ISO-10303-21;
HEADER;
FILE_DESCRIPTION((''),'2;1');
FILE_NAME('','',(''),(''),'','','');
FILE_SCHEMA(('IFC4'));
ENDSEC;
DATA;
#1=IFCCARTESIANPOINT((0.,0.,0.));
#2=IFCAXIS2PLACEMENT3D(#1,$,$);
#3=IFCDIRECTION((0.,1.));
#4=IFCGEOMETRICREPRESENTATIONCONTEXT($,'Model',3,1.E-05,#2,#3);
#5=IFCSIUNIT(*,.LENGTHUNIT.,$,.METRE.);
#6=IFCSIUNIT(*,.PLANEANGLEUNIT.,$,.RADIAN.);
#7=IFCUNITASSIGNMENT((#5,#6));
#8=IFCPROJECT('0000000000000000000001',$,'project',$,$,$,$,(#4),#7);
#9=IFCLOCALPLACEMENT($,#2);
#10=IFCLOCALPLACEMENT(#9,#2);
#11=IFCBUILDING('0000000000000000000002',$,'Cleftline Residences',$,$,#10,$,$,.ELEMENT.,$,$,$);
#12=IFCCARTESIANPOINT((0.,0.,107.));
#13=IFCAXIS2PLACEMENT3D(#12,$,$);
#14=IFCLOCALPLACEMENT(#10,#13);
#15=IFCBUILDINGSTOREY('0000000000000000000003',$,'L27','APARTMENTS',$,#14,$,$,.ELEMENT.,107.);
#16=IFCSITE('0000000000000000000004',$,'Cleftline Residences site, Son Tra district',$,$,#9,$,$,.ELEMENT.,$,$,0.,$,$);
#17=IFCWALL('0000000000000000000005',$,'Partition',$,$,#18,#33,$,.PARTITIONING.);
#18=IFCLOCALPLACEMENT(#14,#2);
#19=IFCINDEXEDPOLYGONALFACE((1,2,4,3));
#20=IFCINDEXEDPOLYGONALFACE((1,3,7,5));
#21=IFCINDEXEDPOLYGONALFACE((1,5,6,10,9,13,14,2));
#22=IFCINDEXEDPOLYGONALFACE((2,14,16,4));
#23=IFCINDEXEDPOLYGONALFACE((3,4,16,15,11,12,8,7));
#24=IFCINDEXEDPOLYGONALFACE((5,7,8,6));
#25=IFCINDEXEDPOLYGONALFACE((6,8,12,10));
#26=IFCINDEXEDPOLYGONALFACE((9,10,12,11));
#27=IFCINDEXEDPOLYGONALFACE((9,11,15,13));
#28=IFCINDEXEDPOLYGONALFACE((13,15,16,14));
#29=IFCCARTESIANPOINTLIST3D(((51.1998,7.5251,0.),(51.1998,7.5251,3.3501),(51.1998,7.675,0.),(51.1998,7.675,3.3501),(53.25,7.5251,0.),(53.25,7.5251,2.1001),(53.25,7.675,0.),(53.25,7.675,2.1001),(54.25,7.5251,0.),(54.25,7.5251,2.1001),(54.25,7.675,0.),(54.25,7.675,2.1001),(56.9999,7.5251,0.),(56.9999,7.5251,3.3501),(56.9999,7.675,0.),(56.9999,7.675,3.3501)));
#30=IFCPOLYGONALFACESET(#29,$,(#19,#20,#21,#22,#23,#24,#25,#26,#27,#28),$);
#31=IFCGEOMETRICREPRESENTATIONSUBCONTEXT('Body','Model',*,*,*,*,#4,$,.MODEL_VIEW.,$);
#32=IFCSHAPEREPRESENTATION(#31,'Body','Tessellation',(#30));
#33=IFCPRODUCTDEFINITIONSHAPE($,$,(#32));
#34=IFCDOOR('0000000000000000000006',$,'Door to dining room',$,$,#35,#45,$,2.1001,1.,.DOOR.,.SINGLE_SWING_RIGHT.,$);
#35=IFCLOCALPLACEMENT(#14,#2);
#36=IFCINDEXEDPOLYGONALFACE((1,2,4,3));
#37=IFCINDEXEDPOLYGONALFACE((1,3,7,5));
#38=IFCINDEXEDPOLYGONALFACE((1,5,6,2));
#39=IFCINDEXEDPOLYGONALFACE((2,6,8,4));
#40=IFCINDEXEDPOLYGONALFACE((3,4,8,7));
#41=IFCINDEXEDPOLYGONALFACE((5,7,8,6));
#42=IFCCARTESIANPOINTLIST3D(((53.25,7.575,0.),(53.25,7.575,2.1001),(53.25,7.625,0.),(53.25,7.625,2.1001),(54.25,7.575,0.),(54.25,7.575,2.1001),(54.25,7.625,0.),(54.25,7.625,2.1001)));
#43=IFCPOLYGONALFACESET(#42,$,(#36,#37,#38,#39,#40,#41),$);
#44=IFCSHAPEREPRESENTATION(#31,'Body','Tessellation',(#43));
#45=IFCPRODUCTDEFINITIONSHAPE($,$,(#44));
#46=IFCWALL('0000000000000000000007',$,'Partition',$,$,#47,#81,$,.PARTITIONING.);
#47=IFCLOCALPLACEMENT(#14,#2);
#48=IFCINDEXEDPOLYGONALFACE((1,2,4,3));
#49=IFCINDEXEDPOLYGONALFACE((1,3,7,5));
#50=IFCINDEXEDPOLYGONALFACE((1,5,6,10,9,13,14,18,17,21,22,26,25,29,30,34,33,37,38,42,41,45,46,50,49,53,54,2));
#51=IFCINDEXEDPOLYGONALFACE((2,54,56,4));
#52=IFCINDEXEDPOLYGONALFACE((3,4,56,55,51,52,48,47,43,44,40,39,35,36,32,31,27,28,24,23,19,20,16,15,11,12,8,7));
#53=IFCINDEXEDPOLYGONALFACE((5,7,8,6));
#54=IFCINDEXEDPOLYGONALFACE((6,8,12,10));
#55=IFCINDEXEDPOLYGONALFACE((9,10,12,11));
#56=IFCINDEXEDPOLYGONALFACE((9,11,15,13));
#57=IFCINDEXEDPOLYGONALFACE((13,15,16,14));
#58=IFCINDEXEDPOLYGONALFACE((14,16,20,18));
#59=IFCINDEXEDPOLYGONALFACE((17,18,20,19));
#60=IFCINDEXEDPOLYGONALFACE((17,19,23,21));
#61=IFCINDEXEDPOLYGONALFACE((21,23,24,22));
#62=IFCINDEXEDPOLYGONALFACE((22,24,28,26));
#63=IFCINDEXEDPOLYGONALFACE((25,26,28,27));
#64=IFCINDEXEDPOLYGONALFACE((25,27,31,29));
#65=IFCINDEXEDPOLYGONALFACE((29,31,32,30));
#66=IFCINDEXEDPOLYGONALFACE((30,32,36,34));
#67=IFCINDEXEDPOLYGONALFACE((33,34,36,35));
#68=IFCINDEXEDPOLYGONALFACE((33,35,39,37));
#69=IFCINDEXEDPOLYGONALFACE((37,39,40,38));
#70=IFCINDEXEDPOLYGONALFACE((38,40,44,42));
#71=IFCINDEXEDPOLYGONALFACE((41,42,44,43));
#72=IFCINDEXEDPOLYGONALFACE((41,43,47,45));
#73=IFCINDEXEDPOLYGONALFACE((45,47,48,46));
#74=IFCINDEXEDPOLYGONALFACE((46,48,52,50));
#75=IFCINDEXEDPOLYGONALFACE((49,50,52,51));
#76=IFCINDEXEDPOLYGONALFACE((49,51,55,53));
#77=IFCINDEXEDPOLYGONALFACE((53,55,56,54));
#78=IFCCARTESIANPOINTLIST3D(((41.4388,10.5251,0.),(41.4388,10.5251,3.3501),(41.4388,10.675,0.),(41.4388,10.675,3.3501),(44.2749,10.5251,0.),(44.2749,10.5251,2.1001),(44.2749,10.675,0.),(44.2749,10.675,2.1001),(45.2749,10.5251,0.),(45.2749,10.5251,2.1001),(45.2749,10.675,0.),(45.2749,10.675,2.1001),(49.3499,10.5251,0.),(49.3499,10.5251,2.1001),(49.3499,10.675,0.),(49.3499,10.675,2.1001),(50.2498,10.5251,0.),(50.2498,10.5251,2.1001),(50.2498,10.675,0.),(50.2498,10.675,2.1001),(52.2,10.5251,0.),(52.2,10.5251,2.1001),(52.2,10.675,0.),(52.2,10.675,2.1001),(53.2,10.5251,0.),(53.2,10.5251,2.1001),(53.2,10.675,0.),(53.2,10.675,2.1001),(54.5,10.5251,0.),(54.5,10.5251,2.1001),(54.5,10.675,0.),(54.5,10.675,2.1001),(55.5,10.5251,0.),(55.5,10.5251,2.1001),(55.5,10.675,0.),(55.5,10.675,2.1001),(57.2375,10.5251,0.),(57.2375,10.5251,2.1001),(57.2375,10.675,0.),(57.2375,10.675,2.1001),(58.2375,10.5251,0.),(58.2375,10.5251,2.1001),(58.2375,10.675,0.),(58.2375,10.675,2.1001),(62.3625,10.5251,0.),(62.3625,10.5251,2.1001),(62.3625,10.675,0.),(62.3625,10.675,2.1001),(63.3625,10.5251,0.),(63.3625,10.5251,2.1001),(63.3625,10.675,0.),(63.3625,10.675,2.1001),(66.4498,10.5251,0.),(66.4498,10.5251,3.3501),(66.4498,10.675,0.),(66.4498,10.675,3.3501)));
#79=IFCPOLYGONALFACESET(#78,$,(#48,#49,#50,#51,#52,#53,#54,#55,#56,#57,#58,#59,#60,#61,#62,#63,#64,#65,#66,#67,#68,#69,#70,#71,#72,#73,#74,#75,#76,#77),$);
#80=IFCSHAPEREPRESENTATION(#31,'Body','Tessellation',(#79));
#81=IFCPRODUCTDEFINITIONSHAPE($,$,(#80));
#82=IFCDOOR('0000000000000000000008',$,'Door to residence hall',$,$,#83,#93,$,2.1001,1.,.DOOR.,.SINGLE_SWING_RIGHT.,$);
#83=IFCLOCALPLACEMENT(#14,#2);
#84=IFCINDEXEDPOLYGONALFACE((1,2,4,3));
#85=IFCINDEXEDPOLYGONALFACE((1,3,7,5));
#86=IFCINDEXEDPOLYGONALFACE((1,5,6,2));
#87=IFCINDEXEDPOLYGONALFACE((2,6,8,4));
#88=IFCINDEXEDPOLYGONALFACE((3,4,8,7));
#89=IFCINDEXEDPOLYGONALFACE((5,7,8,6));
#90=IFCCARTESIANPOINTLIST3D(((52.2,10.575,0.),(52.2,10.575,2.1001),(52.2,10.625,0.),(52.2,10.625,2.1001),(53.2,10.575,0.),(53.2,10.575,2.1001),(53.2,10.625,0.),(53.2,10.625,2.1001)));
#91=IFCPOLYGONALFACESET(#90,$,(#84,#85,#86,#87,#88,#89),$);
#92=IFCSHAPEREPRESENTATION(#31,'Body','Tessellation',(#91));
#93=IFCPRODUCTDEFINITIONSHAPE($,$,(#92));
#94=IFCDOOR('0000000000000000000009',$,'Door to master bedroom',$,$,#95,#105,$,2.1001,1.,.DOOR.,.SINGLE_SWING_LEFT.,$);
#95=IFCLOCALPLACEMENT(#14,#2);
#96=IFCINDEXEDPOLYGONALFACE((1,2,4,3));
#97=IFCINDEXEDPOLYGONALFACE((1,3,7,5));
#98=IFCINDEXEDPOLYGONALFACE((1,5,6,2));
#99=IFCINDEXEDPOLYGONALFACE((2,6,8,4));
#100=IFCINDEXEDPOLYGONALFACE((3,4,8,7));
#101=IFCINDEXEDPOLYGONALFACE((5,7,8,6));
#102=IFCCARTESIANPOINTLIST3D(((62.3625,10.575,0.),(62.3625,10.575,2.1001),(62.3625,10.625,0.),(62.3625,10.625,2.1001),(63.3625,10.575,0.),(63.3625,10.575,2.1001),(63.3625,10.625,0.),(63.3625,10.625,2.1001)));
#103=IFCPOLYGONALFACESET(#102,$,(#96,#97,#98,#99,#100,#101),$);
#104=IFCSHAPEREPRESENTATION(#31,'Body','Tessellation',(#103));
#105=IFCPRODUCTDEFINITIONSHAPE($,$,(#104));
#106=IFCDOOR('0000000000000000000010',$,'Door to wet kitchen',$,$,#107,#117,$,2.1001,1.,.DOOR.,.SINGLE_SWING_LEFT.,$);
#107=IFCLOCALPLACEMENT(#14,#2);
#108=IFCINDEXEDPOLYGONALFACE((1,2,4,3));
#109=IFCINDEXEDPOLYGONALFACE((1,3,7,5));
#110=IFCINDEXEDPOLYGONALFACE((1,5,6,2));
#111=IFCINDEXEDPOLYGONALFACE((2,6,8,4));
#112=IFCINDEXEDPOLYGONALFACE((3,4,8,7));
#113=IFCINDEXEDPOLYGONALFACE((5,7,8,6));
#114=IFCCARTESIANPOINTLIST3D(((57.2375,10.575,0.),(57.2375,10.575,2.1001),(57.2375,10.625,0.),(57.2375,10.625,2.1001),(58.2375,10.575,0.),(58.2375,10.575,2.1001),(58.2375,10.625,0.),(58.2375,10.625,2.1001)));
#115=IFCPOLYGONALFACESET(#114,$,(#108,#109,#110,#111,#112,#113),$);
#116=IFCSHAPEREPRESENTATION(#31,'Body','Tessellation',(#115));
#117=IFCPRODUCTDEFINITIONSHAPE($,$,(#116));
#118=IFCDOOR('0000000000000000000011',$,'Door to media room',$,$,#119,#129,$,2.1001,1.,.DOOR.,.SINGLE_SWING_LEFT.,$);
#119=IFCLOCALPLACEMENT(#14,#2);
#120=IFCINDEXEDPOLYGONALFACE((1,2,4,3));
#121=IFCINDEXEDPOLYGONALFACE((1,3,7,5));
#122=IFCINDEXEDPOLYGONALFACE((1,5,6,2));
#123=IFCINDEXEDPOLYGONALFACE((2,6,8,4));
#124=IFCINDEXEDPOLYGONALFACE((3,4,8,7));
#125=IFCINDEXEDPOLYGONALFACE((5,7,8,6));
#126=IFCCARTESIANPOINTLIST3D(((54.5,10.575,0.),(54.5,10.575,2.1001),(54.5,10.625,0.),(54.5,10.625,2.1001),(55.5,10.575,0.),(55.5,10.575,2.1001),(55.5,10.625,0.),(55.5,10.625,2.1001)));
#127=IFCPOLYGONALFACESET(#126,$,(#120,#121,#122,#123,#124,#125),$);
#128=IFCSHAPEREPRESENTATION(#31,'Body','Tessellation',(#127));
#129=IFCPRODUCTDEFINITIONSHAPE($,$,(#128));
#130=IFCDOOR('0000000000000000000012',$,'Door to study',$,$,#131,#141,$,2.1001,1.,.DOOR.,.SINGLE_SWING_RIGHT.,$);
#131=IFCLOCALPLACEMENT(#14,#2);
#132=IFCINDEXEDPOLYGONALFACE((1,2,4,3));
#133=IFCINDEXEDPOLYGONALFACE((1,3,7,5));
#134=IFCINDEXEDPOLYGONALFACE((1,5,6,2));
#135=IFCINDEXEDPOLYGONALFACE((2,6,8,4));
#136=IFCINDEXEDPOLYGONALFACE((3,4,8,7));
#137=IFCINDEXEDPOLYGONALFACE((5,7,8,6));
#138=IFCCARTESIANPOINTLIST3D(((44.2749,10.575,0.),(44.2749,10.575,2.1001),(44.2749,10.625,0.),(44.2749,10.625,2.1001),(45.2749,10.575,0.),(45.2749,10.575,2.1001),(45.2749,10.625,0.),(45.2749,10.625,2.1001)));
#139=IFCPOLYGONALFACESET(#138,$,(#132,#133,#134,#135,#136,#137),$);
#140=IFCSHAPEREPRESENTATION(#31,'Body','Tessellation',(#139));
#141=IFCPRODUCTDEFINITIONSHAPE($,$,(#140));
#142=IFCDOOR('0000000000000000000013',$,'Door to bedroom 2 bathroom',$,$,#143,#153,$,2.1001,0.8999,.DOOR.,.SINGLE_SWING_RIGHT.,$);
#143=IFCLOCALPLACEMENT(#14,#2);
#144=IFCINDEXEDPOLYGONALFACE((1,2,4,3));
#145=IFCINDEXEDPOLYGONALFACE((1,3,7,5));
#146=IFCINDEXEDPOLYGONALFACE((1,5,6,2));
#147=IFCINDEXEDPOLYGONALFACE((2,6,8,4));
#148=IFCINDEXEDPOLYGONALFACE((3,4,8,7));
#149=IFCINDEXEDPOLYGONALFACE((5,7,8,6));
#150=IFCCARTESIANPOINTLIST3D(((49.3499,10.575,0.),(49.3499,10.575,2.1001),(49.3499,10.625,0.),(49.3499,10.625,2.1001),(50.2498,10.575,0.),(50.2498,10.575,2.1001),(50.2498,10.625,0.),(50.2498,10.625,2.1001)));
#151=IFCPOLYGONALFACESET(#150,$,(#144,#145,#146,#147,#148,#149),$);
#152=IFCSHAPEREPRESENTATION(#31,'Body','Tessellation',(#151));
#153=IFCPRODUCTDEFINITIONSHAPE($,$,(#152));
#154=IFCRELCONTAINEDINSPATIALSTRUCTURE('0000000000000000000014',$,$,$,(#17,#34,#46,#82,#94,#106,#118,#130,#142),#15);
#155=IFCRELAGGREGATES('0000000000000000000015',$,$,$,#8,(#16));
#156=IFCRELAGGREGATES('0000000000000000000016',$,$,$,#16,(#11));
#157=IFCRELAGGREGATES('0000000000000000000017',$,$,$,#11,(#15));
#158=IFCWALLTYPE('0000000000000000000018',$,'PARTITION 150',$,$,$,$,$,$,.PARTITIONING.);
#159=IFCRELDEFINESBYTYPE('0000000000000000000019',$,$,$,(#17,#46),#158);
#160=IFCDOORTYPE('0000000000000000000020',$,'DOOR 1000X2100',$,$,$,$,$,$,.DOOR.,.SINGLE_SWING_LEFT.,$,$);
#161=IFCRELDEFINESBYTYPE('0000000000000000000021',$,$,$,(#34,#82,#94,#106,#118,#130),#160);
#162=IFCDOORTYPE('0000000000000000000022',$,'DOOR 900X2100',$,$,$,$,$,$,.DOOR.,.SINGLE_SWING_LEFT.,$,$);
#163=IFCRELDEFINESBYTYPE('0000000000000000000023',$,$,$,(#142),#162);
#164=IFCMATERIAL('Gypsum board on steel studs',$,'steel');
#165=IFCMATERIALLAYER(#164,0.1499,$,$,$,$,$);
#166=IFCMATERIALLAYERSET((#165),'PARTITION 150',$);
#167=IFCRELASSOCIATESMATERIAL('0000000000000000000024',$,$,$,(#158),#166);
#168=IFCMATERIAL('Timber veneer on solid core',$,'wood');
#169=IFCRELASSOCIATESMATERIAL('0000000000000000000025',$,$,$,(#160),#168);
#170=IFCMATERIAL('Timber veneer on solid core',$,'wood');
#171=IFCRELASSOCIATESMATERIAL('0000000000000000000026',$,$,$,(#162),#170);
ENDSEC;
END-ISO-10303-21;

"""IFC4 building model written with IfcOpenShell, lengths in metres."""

from ifc_helpers import new_model, si_unit, direction, frame, frame_2d, origin, place, context, subcontext, project, spatial, rectangle, extrude, material, layer, layer_set, type_object, element, fill, save


model = new_model("IFC4")

# Units and contexts
model_context = context("Model", 3, precision=1e-05, world=origin(), true_north=direction((0.0, 1.0)))
body_context = subcontext(model_context, "Body", "Model", "MODEL_VIEW")
ifc_project = project(units=[si_unit("LENGTHUNIT", "METRE"), si_unit("PLANEANGLEUNIT", "RADIAN")], contexts=[model_context])

# Site, building, storey
site_placement = place(None, origin())
site = spatial("IfcSite", under=ifc_project, at=site_placement, Name="Cleftline Residences site, Son Tra district", CompositionType="ELEMENT", RefElevation=0.0)
building_placement = place(site_placement, origin())
building = spatial("IfcBuilding", under=site, at=building_placement, Name="Cleftline Residences", CompositionType="ELEMENT")
storey_placement = place(building_placement, frame((0.0, 0.0, 107.0)))
storey = spatial("IfcBuildingStorey", under=building, at=storey_placement, Name="L27", Description="APARTMENTS", CompositionType="ELEMENT", Elevation=107.0)

# Shared definitions
ifc_material_1 = material(Name="Gypsum board on steel studs", Category="steel")
ifc_layer_1 = layer(ifc_material_1, 0.1499)
ifc_layer_set_1 = layer_set([ifc_layer_1], Name="PARTITION 150")
wall_type = type_object("IfcWallType", Name="PARTITION 150", PredefinedType="PARTITIONING", material=ifc_layer_set_1)
ifc_material_2 = material(Name="Timber veneer on solid core", Category="wood")
door_type_1 = type_object("IfcDoorType", Name="DOOR 1000X2100", OperationType="SINGLE_SWING_LEFT", PredefinedType="DOOR", material=ifc_material_2)

# Wall, opening, door
wall_1_placement = place(storey_placement, frame((51.2, 7.6001, 0.0), z_axis=(0.0, 0.0, 1.0), x_axis=(1.0, 0.0, 0.0)))
wall_1 = element("IfcWall", 1, at=wall_1_placement, inside=storey, type_object=wall_type, Name="Partition", PredefinedType="PARTITIONING", context=body_context, shape_type="SweptSolid", body=[
    extrude(rectangle(XDim=5.8, YDim=0.1499, at=frame_2d((2.8999, 0.0))), origin(), (0.0, 0.0, 1.0), 3.3501),
])
opening_1_placement = place(wall_1_placement, frame((2.05, 0.0, 0.0)))
opening_1 = element("IfcOpeningElement", 2, at=opening_1_placement, cuts=wall_1, PredefinedType="OPENING", context=body_context, shape_type="SweptSolid", body=[
    extrude(rectangle(XDim=1.0, YDim=2.1001, at=frame_2d((0.5, 1.05))), frame((0.0, 0.085, 0.0), z_axis=(0.0, -1.0, 0.0), x_axis=(1.0, 0.0, 0.0)), (0.0, 0.0, 1.0), 0.1699),
])
door_1_placement = place(opening_1_placement, origin())
door_1 = element("IfcDoor", 3, at=door_1_placement, inside=storey, type_object=door_type_1, Name="Door to dining room", OperationType="SINGLE_SWING_RIGHT", OverallHeight=2.1001, OverallWidth=1.0, PredefinedType="DOOR", context=body_context, shape_type="SweptSolid", body=[
    extrude(rectangle(XDim=1.0, YDim=2.1001, at=frame_2d((0.5, 1.05))), frame((0.0, 0.0249, 0.0), z_axis=(0.0, -1.0, 0.0), x_axis=(1.0, 0.0, 0.0)), (0.0, 0.0, 1.0), 0.05),
])
fill(opening_1, door_1)

# Wall, openings, doors
wall_2_placement = place(storey_placement, frame((41.439, 10.6001, 0.0), z_axis=(0.0, 0.0, 1.0), x_axis=(1.0, 0.0, 0.0)))
wall_2 = element("IfcWall", 4, at=wall_2_placement, inside=storey, type_object=wall_type, Name="Partition", PredefinedType="PARTITIONING", context=body_context, shape_type="SweptSolid", body=[
    extrude(rectangle(XDim=25.011, YDim=0.1499, at=frame_2d((12.5054, 0.0))), origin(), (0.0, 0.0, 1.0), 3.3501),
])
opening_2_placement = place(wall_2_placement, frame((10.761, 0.0, 0.0)))
opening_2 = element("IfcOpeningElement", 5, at=opening_2_placement, cuts=wall_2, PredefinedType="OPENING", context=body_context, shape_type="SweptSolid", body=[
    extrude(rectangle(XDim=1.0, YDim=2.1001, at=frame_2d((0.5, 1.05))), frame((0.0, 0.085, 0.0), z_axis=(0.0, -1.0, 0.0), x_axis=(1.0, 0.0, 0.0)), (0.0, 0.0, 1.0), 0.1699),
])
opening_3_placement = place(wall_2_placement, frame((20.9236, 0.0, 0.0)))
opening_3 = element("IfcOpeningElement", 6, at=opening_3_placement, cuts=wall_2, PredefinedType="OPENING", context=body_context, shape_type="SweptSolid", body=[
    extrude(rectangle(XDim=1.0, YDim=2.1001, at=frame_2d((0.5, 1.05))), frame((0.0, 0.085, 0.0), z_axis=(0.0, -1.0, 0.0), x_axis=(1.0, 0.0, 0.0)), (0.0, 0.0, 1.0), 0.1699),
])
opening_4_placement = place(wall_2_placement, frame((15.7986, 0.0, 0.0)))
opening_4 = element("IfcOpeningElement", 7, at=opening_4_placement, cuts=wall_2, PredefinedType="OPENING", context=body_context, shape_type="SweptSolid", body=[
    extrude(rectangle(XDim=1.0, YDim=2.1001, at=frame_2d((0.5, 1.05))), frame((0.0, 0.085, 0.0), z_axis=(0.0, -1.0, 0.0), x_axis=(1.0, 0.0, 0.0)), (0.0, 0.0, 1.0), 0.1699),
])
opening_5_placement = place(wall_2_placement, frame((13.061, 0.0, 0.0)))
opening_5 = element("IfcOpeningElement", 8, at=opening_5_placement, cuts=wall_2, PredefinedType="OPENING", context=body_context, shape_type="SweptSolid", body=[
    extrude(rectangle(XDim=1.0, YDim=2.1001, at=frame_2d((0.5, 1.05))), frame((0.0, 0.085, 0.0), z_axis=(0.0, -1.0, 0.0), x_axis=(1.0, 0.0, 0.0)), (0.0, 0.0, 1.0), 0.1699),
])
opening_6_placement = place(wall_2_placement, frame((7.9109, 0.0, 0.0)))
opening_6 = element("IfcOpeningElement", 9, at=opening_6_placement, cuts=wall_2, PredefinedType="OPENING", context=body_context, shape_type="SweptSolid", body=[
    extrude(rectangle(XDim=0.8999, YDim=2.1001, at=frame_2d((0.45, 1.05))), frame((0.0, 0.085, 0.0), z_axis=(0.0, -1.0, 0.0), x_axis=(1.0, 0.0, 0.0)), (0.0, 0.0, 1.0), 0.1699),
])
opening_7_placement = place(wall_2_placement, frame((2.8359, 0.0, 0.0)))
opening_7 = element("IfcOpeningElement", 10, at=opening_7_placement, cuts=wall_2, PredefinedType="OPENING", context=body_context, shape_type="SweptSolid", body=[
    extrude(rectangle(XDim=1.0, YDim=2.1001, at=frame_2d((0.5, 1.05))), frame((0.0, 0.085, 0.0), z_axis=(0.0, -1.0, 0.0), x_axis=(1.0, 0.0, 0.0)), (0.0, 0.0, 1.0), 0.1699),
])
door_2_placement = place(opening_2_placement, origin())
door_2 = element("IfcDoor", 11, at=door_2_placement, inside=storey, type_object=door_type_1, Name="Door to residence hall", OperationType="SINGLE_SWING_RIGHT", OverallHeight=2.1001, OverallWidth=1.0, PredefinedType="DOOR", context=body_context, shape_type="SweptSolid", body=[
    extrude(rectangle(XDim=1.0, YDim=2.1001, at=frame_2d((0.5, 1.05))), frame((0.0, 0.0249, 0.0), z_axis=(0.0, -1.0, 0.0), x_axis=(1.0, 0.0, 0.0)), (0.0, 0.0, 1.0), 0.05),
])
fill(opening_2, door_2)
door_3_placement = place(opening_3_placement, origin())
door_3 = element("IfcDoor", 12, at=door_3_placement, inside=storey, type_object=door_type_1, Name="Door to master bedroom", OperationType="SINGLE_SWING_LEFT", OverallHeight=2.1001, OverallWidth=1.0, PredefinedType="DOOR", context=body_context, shape_type="SweptSolid", body=[
    extrude(rectangle(XDim=1.0, YDim=2.1001, at=frame_2d((0.5, 1.05))), frame((0.0, 0.0249, 0.0), z_axis=(0.0, -1.0, 0.0), x_axis=(1.0, 0.0, 0.0)), (0.0, 0.0, 1.0), 0.05),
])
fill(opening_3, door_3)
door_4_placement = place(opening_4_placement, origin())
door_4 = element("IfcDoor", 13, at=door_4_placement, inside=storey, type_object=door_type_1, Name="Door to wet kitchen", OperationType="SINGLE_SWING_LEFT", OverallHeight=2.1001, OverallWidth=1.0, PredefinedType="DOOR", context=body_context, shape_type="SweptSolid", body=[
    extrude(rectangle(XDim=1.0, YDim=2.1001, at=frame_2d((0.5, 1.05))), frame((0.0, 0.0249, 0.0), z_axis=(0.0, -1.0, 0.0), x_axis=(1.0, 0.0, 0.0)), (0.0, 0.0, 1.0), 0.05),
])
fill(opening_4, door_4)
door_5_placement = place(opening_5_placement, origin())
door_5 = element("IfcDoor", 14, at=door_5_placement, inside=storey, type_object=door_type_1, Name="Door to media room", OperationType="SINGLE_SWING_LEFT", OverallHeight=2.1001, OverallWidth=1.0, PredefinedType="DOOR", context=body_context, shape_type="SweptSolid", body=[
    extrude(rectangle(XDim=1.0, YDim=2.1001, at=frame_2d((0.5, 1.05))), frame((0.0, 0.0249, 0.0), z_axis=(0.0, -1.0, 0.0), x_axis=(1.0, 0.0, 0.0)), (0.0, 0.0, 1.0), 0.05),
])
fill(opening_5, door_5)
door_6_placement = place(opening_7_placement, origin())
door_6 = element("IfcDoor", 15, at=door_6_placement, inside=storey, type_object=door_type_1, Name="Door to study", OperationType="SINGLE_SWING_RIGHT", OverallHeight=2.1001, OverallWidth=1.0, PredefinedType="DOOR", context=body_context, shape_type="SweptSolid", body=[
    extrude(rectangle(XDim=1.0, YDim=2.1001, at=frame_2d((0.5, 1.05))), frame((0.0, 0.0249, 0.0), z_axis=(0.0, -1.0, 0.0), x_axis=(1.0, 0.0, 0.0)), (0.0, 0.0, 1.0), 0.05),
])
fill(opening_7, door_6)
ifc_material_3 = material(Name="Timber veneer on solid core", Category="wood")
door_type_2 = type_object("IfcDoorType", Name="DOOR 900X2100", OperationType="SINGLE_SWING_LEFT", PredefinedType="DOOR", material=ifc_material_3)
door_7_placement = place(opening_6_placement, origin())
door_7 = element("IfcDoor", 16, at=door_7_placement, inside=storey, type_object=door_type_2, Name="Door to bedroom 2 bathroom", OperationType="SINGLE_SWING_RIGHT", OverallHeight=2.1001, OverallWidth=0.8999, PredefinedType="DOOR", context=body_context, shape_type="SweptSolid", body=[
    extrude(rectangle(XDim=0.8999, YDim=2.1001, at=frame_2d((0.45, 1.05))), frame((0.0, 0.0249, 0.0), z_axis=(0.0, -1.0, 0.0), x_axis=(1.0, 0.0, 0.0)), (0.0, 0.0, 1.0), 0.05),
])
fill(opening_6, door_7)

save(model, "model.ifc")
